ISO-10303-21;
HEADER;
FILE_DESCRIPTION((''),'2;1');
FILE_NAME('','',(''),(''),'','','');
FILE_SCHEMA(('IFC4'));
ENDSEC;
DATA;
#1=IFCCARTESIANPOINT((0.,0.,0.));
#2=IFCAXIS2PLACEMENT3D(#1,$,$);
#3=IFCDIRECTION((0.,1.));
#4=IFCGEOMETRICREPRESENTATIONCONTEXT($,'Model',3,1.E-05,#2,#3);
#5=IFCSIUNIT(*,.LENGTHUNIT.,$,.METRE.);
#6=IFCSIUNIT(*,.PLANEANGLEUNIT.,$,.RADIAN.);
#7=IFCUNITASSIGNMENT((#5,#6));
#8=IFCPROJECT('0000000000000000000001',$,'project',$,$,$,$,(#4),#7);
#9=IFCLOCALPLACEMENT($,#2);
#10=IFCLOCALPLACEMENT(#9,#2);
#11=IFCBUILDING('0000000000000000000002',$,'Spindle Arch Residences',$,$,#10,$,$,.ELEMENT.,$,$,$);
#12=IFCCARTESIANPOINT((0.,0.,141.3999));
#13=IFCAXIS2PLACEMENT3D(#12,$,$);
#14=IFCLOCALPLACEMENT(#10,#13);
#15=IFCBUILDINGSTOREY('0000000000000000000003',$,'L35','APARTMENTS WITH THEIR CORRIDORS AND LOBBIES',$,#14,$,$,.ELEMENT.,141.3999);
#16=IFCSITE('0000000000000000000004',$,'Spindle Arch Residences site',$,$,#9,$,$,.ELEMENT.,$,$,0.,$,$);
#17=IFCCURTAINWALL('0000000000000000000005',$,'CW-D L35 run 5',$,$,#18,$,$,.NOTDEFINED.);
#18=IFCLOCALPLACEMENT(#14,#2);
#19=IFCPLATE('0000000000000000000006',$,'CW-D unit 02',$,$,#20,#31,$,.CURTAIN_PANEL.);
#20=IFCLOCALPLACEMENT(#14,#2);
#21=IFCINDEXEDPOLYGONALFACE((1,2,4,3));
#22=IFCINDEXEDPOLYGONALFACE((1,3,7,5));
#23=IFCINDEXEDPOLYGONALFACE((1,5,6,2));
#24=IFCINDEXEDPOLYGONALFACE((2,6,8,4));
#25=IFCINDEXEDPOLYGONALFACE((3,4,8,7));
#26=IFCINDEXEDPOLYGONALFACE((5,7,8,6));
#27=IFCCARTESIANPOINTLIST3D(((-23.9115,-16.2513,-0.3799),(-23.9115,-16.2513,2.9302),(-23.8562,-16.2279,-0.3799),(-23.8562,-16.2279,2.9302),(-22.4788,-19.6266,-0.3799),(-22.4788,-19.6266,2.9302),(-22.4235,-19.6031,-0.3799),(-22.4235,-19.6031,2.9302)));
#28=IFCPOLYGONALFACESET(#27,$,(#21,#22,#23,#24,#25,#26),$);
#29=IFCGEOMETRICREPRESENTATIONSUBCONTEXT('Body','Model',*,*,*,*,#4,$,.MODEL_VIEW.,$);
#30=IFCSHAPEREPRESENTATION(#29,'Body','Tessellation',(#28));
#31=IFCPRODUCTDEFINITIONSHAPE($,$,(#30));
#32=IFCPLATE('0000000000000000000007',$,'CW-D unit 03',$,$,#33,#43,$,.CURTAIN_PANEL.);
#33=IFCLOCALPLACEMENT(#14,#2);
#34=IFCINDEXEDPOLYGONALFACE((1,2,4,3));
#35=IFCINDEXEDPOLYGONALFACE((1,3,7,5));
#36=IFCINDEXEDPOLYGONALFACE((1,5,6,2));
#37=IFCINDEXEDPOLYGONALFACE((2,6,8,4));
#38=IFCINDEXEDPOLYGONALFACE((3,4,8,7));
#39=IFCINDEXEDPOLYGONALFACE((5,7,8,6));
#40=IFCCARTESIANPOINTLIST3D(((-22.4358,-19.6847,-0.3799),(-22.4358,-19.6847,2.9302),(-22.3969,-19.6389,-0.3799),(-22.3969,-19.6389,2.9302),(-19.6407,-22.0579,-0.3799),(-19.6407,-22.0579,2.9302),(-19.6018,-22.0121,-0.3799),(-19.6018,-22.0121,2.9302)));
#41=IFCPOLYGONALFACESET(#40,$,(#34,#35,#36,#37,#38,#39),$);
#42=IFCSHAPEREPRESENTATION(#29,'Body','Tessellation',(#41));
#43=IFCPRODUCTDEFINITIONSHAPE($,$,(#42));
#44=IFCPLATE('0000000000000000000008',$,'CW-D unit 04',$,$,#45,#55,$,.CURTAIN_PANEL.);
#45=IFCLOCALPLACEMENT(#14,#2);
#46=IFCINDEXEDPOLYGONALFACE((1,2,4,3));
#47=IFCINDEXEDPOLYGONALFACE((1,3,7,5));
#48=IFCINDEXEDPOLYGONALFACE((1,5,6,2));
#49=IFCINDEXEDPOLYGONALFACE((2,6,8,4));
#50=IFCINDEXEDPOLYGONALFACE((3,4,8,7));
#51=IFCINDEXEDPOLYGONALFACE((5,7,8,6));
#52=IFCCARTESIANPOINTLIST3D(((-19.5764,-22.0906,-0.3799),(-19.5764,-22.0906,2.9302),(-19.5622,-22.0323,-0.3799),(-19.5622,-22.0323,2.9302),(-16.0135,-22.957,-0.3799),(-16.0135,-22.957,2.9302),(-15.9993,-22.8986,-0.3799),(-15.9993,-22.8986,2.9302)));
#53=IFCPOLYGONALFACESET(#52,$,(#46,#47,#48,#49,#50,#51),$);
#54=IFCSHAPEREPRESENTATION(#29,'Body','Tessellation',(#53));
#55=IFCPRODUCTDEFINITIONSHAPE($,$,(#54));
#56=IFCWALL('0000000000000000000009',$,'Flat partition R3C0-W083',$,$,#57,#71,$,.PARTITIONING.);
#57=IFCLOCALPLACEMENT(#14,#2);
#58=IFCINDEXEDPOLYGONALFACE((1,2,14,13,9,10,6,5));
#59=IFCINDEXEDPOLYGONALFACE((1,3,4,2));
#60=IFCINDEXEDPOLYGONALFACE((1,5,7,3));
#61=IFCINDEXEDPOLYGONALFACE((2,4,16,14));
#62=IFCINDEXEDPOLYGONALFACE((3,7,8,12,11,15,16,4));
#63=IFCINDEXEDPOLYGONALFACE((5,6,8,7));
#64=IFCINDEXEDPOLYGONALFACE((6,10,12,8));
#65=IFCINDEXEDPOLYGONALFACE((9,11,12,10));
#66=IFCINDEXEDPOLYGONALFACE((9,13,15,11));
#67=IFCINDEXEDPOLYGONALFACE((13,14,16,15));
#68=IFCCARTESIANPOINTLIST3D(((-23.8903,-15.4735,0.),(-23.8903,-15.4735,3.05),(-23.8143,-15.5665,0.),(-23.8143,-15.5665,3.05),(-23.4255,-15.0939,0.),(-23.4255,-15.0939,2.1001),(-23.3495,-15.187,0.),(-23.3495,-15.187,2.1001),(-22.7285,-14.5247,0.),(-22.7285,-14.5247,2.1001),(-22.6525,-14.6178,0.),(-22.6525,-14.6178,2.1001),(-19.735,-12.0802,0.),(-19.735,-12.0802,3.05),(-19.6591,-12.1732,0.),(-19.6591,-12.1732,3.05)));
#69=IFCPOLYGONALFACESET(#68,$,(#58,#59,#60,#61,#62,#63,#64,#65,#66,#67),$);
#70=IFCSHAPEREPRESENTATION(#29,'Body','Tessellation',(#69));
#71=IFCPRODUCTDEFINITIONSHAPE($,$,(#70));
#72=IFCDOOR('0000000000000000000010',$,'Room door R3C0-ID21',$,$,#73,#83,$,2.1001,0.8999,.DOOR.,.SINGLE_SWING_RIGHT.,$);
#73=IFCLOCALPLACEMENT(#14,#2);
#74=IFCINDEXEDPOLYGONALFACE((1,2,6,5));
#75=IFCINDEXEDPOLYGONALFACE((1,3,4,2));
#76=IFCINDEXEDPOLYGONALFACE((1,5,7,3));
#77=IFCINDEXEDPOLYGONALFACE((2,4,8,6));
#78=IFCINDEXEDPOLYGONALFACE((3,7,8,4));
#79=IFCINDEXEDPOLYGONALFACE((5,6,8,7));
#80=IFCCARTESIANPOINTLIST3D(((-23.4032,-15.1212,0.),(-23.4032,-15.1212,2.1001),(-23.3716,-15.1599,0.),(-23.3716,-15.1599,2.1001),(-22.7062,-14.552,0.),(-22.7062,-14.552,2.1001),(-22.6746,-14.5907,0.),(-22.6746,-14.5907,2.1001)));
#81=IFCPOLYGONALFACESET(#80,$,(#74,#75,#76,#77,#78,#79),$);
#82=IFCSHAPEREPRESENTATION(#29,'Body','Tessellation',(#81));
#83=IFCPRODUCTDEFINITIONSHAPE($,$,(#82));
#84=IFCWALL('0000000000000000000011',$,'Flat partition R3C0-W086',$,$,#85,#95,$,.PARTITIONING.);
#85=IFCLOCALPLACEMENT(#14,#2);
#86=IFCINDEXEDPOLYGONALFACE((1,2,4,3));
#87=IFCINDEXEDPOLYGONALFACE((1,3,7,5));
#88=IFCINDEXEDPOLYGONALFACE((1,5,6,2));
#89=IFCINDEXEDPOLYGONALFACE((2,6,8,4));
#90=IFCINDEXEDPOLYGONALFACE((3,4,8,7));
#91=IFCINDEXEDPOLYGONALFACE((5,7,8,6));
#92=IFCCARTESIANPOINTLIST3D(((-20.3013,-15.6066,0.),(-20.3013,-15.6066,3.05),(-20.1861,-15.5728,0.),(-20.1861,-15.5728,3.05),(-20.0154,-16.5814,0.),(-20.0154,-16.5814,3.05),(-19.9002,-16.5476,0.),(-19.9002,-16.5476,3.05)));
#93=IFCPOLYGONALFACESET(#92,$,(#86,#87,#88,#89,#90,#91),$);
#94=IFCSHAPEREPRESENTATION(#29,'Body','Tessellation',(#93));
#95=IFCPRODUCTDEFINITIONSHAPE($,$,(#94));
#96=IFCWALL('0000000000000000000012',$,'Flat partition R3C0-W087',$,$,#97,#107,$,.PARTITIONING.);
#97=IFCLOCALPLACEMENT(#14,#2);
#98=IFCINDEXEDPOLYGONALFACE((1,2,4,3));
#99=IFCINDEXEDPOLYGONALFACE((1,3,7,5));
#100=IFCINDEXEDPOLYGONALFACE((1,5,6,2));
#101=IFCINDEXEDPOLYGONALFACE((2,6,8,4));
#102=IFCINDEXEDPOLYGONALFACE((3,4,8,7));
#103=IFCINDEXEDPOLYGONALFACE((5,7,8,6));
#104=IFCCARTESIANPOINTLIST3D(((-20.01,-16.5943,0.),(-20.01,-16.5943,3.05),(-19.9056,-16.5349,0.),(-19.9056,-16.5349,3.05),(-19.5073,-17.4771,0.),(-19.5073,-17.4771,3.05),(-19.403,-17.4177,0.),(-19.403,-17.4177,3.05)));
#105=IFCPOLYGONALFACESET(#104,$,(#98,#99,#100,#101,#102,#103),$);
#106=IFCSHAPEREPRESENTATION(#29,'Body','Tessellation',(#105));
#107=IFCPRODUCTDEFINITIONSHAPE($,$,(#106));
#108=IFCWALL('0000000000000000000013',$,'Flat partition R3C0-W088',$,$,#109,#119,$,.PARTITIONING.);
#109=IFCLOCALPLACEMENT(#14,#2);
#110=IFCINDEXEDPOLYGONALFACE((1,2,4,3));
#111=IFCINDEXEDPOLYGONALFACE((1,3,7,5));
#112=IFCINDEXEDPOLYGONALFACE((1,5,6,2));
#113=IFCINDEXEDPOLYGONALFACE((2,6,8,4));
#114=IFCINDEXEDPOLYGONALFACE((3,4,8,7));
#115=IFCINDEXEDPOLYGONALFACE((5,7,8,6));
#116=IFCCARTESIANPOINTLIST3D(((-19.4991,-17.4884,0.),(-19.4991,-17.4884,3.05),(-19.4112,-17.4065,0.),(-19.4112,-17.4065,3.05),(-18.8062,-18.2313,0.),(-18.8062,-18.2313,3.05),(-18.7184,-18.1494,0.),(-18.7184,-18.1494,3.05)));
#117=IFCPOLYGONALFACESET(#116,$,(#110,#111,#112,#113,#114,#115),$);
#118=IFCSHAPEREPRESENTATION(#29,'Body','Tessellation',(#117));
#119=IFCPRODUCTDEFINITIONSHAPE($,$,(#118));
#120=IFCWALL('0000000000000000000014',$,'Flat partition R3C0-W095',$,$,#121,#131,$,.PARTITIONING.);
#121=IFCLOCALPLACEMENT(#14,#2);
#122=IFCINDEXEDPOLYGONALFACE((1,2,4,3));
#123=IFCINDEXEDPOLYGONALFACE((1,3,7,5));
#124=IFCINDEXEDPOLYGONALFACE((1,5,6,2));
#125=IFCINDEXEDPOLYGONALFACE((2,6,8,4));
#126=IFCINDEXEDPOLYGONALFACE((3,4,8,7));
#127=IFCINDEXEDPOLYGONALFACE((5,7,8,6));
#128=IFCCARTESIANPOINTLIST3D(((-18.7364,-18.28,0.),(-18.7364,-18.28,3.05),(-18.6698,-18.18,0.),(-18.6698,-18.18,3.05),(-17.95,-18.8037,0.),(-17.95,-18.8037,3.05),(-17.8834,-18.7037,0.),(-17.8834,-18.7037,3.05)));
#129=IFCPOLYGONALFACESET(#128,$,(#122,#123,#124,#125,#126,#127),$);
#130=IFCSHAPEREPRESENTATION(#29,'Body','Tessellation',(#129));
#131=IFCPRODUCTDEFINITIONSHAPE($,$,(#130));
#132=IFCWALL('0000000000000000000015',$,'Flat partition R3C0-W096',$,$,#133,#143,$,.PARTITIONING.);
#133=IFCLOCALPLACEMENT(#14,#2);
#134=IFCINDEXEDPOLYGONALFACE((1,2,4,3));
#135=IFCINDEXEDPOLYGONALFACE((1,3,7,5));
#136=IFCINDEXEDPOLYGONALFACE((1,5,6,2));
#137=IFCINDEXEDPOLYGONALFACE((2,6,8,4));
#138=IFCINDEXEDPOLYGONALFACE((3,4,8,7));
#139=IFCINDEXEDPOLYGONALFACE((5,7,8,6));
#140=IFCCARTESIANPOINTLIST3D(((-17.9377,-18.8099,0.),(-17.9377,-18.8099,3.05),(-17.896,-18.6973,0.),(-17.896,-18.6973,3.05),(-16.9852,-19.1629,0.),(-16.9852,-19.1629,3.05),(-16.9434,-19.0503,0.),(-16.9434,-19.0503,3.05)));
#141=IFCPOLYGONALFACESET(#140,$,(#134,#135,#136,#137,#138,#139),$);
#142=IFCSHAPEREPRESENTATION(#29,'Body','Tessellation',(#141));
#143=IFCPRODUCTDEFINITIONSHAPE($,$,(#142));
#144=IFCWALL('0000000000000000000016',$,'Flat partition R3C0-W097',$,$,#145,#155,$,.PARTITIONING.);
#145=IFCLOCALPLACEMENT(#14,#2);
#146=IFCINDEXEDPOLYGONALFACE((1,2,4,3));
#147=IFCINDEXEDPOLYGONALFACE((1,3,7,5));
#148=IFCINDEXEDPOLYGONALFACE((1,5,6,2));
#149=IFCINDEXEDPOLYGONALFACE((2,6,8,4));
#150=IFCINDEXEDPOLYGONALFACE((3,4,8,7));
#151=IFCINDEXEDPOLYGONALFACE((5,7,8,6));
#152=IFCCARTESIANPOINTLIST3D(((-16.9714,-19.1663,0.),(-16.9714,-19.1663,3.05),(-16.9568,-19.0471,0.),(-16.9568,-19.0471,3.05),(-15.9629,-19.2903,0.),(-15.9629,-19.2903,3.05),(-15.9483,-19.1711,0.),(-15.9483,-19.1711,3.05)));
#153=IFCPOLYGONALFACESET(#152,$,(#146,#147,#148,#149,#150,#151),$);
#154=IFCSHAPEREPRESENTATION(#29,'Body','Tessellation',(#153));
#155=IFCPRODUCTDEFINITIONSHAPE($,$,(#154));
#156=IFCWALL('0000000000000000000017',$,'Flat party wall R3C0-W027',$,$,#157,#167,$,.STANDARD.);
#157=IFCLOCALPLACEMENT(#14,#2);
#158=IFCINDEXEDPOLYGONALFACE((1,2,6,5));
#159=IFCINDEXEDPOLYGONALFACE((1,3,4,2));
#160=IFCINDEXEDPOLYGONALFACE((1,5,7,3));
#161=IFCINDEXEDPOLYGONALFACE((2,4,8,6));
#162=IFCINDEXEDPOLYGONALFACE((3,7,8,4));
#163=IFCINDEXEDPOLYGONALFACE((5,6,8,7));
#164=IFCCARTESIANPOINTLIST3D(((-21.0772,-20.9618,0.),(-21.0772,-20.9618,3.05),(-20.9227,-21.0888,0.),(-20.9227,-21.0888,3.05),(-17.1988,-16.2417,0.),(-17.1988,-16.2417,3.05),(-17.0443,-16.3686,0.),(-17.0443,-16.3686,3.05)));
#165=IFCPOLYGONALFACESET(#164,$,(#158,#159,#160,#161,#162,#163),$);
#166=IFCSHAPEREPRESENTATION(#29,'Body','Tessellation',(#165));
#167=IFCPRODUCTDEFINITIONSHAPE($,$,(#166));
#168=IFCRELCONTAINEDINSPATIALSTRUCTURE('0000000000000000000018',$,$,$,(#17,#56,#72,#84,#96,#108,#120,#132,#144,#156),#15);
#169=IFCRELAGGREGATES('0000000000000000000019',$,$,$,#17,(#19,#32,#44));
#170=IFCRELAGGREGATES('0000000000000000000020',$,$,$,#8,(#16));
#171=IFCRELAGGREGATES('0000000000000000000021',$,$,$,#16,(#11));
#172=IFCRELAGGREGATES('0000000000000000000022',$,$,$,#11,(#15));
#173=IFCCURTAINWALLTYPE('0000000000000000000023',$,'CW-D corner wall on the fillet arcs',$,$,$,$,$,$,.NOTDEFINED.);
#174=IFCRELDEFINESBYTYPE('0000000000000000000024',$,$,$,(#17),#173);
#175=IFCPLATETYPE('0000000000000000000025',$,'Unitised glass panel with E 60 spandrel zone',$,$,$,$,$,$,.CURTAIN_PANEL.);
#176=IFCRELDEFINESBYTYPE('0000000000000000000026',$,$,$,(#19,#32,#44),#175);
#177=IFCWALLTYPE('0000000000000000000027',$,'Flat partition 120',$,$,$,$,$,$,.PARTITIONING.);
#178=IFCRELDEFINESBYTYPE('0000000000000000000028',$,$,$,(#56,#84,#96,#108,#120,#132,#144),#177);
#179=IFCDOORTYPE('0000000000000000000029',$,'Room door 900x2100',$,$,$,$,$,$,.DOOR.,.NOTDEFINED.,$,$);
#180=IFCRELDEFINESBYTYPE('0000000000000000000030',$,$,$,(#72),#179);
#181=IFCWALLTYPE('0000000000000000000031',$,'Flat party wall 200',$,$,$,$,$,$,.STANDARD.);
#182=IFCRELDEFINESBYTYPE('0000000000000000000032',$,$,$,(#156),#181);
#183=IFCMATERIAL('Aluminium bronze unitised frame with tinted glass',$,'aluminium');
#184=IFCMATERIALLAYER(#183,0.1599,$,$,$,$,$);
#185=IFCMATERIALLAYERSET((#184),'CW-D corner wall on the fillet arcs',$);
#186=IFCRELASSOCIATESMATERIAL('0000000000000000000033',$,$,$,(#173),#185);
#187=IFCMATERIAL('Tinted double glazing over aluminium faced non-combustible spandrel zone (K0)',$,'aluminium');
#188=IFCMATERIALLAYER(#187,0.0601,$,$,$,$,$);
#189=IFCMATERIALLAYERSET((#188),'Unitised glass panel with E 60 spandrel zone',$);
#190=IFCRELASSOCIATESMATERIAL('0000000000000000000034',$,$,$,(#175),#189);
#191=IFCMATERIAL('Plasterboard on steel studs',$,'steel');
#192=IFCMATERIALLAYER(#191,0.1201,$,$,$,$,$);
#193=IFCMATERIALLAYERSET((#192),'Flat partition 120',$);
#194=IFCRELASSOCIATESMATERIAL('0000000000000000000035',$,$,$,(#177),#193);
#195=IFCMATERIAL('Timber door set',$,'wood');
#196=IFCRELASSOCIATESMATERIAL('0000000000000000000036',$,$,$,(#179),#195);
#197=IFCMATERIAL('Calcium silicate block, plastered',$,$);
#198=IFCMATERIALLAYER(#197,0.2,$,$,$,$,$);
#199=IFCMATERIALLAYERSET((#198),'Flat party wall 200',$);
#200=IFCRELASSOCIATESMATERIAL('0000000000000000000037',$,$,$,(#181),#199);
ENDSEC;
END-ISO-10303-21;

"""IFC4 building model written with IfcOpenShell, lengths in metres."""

from ifc_helpers import new_model, si_unit, direction, frame, frame_2d, origin, origin_2d, place, context, subcontext, project, spatial, rectangle, extrude, material, layer, layer_set, type_object, element, fill, aggregate, save


model = new_model("IFC4")

# Units and contexts
model_context = context("Model", 3, precision=1e-05, world=origin(), true_north=direction((0.0, 1.0)))
body_context = subcontext(model_context, "Body", "Model", "MODEL_VIEW")
ifc_project = project(units=[si_unit("LENGTHUNIT", "METRE"), si_unit("PLANEANGLEUNIT", "RADIAN")], contexts=[model_context])

# Site, building, storey
site_placement = place(None, origin())
site = spatial("IfcSite", under=ifc_project, at=site_placement, Name="Spindle Arch Residences site", CompositionType="ELEMENT", RefElevation=0.0)
building_placement = place(site_placement, origin())
building = spatial("IfcBuilding", under=site, at=building_placement, Name="Spindle Arch Residences", CompositionType="ELEMENT")
storey_placement = place(building_placement, frame((0.0, 0.0, 141.3999)))
storey = spatial("IfcBuildingStorey", under=building, at=storey_placement, Name="L35", Description="APARTMENTS WITH THEIR CORRIDORS AND LOBBIES", CompositionType="ELEMENT", Elevation=141.3999)

# Curtain wall
ifc_material_1 = material(Name="Aluminium bronze unitised frame with tinted glass", Category="aluminium")
ifc_layer_1 = layer(ifc_material_1, 0.1599)
ifc_layer_set_1 = layer_set([ifc_layer_1], Name="CW-D corner wall on the fillet arcs")
curtain_wall_type = type_object("IfcCurtainWallType", Name="CW-D corner wall on the fillet arcs", PredefinedType="NOTDEFINED", material=ifc_layer_set_1)
curtain_wall_placement = place(storey_placement, origin())
curtain_wall = element("IfcCurtainWall", 1, at=curtain_wall_placement, inside=storey, type_object=curtain_wall_type, Name="CW-D L35 run 5", PredefinedType="NOTDEFINED")

# Plates
ifc_material_2 = material(Name="Tinted double glazing over aluminium faced non-combustible spandrel zone (K0)", Category="aluminium")
ifc_layer_2 = layer(ifc_material_2, 0.0601)
ifc_layer_set_2 = layer_set([ifc_layer_2], Name="Unitised glass panel with E 60 spandrel zone")
plate_type = type_object("IfcPlateType", Name="Unitised glass panel with E 60 spandrel zone", PredefinedType="CURTAIN_PANEL", material=ifc_layer_set_2)
plate_1_placement = place(storey_placement, frame((-23.1675, -17.9272, -0.3799), z_axis=(0.0, 0.0, 1.0), x_axis=(0.390731, -0.920505, 0.0)))
plate_1 = element("IfcPlate", 2, at=plate_1_placement, type_object=plate_type, Name="CW-D unit 02", PredefinedType="CURTAIN_PANEL", context=body_context, shape_type="SweptSolid", body=[
    extrude(rectangle(XDim=3.6667, YDim=0.0601, at=origin_2d()), origin(), (0.0, 0.0, 1.0), 3.3101),
])
plate_2_placement = place(storey_placement, frame((-21.0188, -20.8484, -0.3799), z_axis=(0.0, 0.0, 1.0), x_axis=(0.762292, -0.647233, 0.0)))
plate_2 = element("IfcPlate", 3, at=plate_2_placement, type_object=plate_type, Name="CW-D unit 03", PredefinedType="CURTAIN_PANEL", context=body_context, shape_type="SweptSolid", body=[
    extrude(rectangle(XDim=3.6667, YDim=0.0601, at=origin_2d()), origin(), (0.0, 0.0, 1.0), 3.3101),
])
plate_3_placement = place(storey_placement, frame((-17.7878, -22.4946, -0.3799), z_axis=(0.0, 0.0, 1.0), x_axis=(0.971687, -0.236273, 0.0)))
plate_3 = element("IfcPlate", 4, at=plate_3_placement, type_object=plate_type, Name="CW-D unit 04", PredefinedType="CURTAIN_PANEL", context=body_context, shape_type="SweptSolid", body=[
    extrude(rectangle(XDim=3.6667, YDim=0.0601, at=origin_2d()), origin(), (0.0, 0.0, 1.0), 3.3101),
])
aggregate(curtain_wall, [plate_1, plate_2, plate_3])

# Wall, opening, door
ifc_material_3 = material(Name="Plasterboard on steel studs", Category="steel")
ifc_layer_3 = layer(ifc_material_3, 0.1201)
ifc_layer_set_3 = layer_set([ifc_layer_3], Name="Flat partition 120")
wall_type_1 = type_object("IfcWallType", Name="Flat partition 120", PredefinedType="PARTITIONING", material=ifc_layer_set_3)
wall_1_placement = place(storey_placement, frame((-23.8523, -15.52, 0.0), z_axis=(0.0, 0.0, 1.0), x_axis=(0.774547, 0.632516, 0.0)))
wall_1 = element("IfcWall", 5, at=wall_1_placement, inside=storey, type_object=wall_type_1, Name="Flat partition R3C0-W083", PredefinedType="PARTITIONING", context=body_context, shape_type="SweptSolid", body=[
    extrude(rectangle(XDim=5.3647, YDim=0.1201, at=frame_2d((2.6824, 0.0))), origin(), (0.0, 0.0, 1.0), 3.05),
])
opening_placement = place(wall_1_placement, frame((0.6001, 0.0, 0.0)))
opening = element("IfcOpeningElement", 6, at=opening_placement, cuts=wall_1, PredefinedType="OPENING", context=body_context, shape_type="SweptSolid", body=[
    extrude(rectangle(XDim=0.8999, YDim=2.1001, at=frame_2d((0.45, 1.05))), frame((0.0, 0.0701, 0.0), z_axis=(0.0, -1.0, 0.0), x_axis=(1.0, 0.0, 0.0)), (0.0, 0.0, 1.0), 0.1401),
])
ifc_material_4 = material(Name="Timber door set", Category="wood")
door_type = type_object("IfcDoorType", Name="Room door 900x2100", OperationType="NOTDEFINED", PredefinedType="DOOR", material=ifc_material_4)
door_placement = place(opening_placement, origin())
door = element("IfcDoor", 7, at=door_placement, inside=storey, type_object=door_type, Name="Room door R3C0-ID21", OperationType="SINGLE_SWING_RIGHT", OverallHeight=2.1001, OverallWidth=0.8999, PredefinedType="DOOR", context=body_context, shape_type="SweptSolid", body=[
    extrude(rectangle(XDim=0.8999, YDim=2.1001, at=frame_2d((0.45, 1.05))), frame((0.0, 0.0249, 0.0), z_axis=(0.0, -1.0, 0.0), x_axis=(1.0, 0.0, 0.0)), (0.0, 0.0, 1.0), 0.05),
])
fill(opening, door)

# Walls
for number, where, z_axis, x_axis, name in (
    (8, (-20.2437, -15.5898, 0.0), (0.0, 0.0, 1.0), (0.281412, -0.959587, 0.0), "Flat partition R3C0-W086"),
    (9, (-19.9578, -16.5647, 0.0), (0.0, 0.0, 1.0), (0.494818, -0.868996, 0.0), "Flat partition R3C0-W087"),
    (10, (-19.4551, -17.4475, 0.0), (0.0, 0.0, 1.0), (0.682044, -0.731311, 0.0), "Flat partition R3C0-W088"),
):
    element("IfcWall", number, at=place(storey_placement, frame(where, z_axis=z_axis, x_axis=x_axis)), inside=storey, type_object=wall_type_1, Name=name, PredefinedType="PARTITIONING", context=body_context, shape_type="SweptSolid", body=[
        extrude(rectangle(XDim=1.0159, YDim=0.1201, at=frame_2d((0.5078, 0.0))), origin(), (0.0, 0.0, 1.0), 3.05),
    ])
wall_2_placement = place(storey_placement, frame((-18.7031, -18.23, 0.0), z_axis=(0.0, 0.0, 1.0), x_axis=(0.832328, -0.554283, 0.0)))
element("IfcWall", 11, at=wall_2_placement, inside=storey, type_object=wall_type_1, Name="Flat partition R3C0-W095", PredefinedType="PARTITIONING", context=body_context, shape_type="SweptSolid", body=[
    extrude(rectangle(XDim=0.9448, YDim=0.1201, at=frame_2d((0.4724, 0.0))), origin(), (0.0, 0.0, 1.0), 3.05),
])
wall_3_placement = place(storey_placement, frame((-17.9167, -18.7537, 0.0), z_axis=(0.0, 0.0, 1.0), x_axis=(0.937685, -0.347487, 0.0)))
element("IfcWall", 12, at=wall_3_placement, inside=storey, type_object=wall_type_1, Name="Flat partition R3C0-W096", PredefinedType="PARTITIONING", context=body_context, shape_type="SweptSolid", body=[
    extrude(rectangle(XDim=1.0159, YDim=0.1201, at=frame_2d((0.5078, 0.0))), origin(), (0.0, 0.0, 1.0), 3.05),
])
wall_4_placement = place(storey_placement, frame((-16.9641, -19.1067, 0.0), z_axis=(0.0, 0.0, 1.0), x_axis=(0.992524, -0.122053, 0.0)))
element("IfcWall", 13, at=wall_4_placement, inside=storey, type_object=wall_type_1, Name="Flat partition R3C0-W097", PredefinedType="PARTITIONING", context=body_context, shape_type="SweptSolid", body=[
    extrude(rectangle(XDim=1.0161, YDim=0.1201, at=frame_2d((0.5081, 0.0))), origin(), (0.0, 0.0, 1.0), 3.05),
])
ifc_material_5 = material(Name="Calcium silicate block, plastered")
ifc_layer_4 = layer(ifc_material_5, 0.2)
ifc_layer_set_4 = layer_set([ifc_layer_4], Name="Flat party wall 200")
wall_type_2 = type_object("IfcWallType", Name="Flat party wall 200", PredefinedType="STANDARD", material=ifc_layer_set_4)
wall_5_placement = place(storey_placement, frame((-21.0, -21.0254, 0.0), z_axis=(0.0, 0.0, 1.0), x_axis=(0.634847, 0.772638, 0.0)))
element("IfcWall", 14, at=wall_5_placement, inside=storey, type_object=wall_type_2, Name="Flat party wall R3C0-W027", PredefinedType="STANDARD", context=body_context, shape_type="SweptSolid", body=[
    extrude(rectangle(XDim=6.1091, YDim=0.2, at=frame_2d((3.0547, 0.0))), origin(), (0.0, 0.0, 1.0), 3.05),
])

save(model, "model.ifc")
